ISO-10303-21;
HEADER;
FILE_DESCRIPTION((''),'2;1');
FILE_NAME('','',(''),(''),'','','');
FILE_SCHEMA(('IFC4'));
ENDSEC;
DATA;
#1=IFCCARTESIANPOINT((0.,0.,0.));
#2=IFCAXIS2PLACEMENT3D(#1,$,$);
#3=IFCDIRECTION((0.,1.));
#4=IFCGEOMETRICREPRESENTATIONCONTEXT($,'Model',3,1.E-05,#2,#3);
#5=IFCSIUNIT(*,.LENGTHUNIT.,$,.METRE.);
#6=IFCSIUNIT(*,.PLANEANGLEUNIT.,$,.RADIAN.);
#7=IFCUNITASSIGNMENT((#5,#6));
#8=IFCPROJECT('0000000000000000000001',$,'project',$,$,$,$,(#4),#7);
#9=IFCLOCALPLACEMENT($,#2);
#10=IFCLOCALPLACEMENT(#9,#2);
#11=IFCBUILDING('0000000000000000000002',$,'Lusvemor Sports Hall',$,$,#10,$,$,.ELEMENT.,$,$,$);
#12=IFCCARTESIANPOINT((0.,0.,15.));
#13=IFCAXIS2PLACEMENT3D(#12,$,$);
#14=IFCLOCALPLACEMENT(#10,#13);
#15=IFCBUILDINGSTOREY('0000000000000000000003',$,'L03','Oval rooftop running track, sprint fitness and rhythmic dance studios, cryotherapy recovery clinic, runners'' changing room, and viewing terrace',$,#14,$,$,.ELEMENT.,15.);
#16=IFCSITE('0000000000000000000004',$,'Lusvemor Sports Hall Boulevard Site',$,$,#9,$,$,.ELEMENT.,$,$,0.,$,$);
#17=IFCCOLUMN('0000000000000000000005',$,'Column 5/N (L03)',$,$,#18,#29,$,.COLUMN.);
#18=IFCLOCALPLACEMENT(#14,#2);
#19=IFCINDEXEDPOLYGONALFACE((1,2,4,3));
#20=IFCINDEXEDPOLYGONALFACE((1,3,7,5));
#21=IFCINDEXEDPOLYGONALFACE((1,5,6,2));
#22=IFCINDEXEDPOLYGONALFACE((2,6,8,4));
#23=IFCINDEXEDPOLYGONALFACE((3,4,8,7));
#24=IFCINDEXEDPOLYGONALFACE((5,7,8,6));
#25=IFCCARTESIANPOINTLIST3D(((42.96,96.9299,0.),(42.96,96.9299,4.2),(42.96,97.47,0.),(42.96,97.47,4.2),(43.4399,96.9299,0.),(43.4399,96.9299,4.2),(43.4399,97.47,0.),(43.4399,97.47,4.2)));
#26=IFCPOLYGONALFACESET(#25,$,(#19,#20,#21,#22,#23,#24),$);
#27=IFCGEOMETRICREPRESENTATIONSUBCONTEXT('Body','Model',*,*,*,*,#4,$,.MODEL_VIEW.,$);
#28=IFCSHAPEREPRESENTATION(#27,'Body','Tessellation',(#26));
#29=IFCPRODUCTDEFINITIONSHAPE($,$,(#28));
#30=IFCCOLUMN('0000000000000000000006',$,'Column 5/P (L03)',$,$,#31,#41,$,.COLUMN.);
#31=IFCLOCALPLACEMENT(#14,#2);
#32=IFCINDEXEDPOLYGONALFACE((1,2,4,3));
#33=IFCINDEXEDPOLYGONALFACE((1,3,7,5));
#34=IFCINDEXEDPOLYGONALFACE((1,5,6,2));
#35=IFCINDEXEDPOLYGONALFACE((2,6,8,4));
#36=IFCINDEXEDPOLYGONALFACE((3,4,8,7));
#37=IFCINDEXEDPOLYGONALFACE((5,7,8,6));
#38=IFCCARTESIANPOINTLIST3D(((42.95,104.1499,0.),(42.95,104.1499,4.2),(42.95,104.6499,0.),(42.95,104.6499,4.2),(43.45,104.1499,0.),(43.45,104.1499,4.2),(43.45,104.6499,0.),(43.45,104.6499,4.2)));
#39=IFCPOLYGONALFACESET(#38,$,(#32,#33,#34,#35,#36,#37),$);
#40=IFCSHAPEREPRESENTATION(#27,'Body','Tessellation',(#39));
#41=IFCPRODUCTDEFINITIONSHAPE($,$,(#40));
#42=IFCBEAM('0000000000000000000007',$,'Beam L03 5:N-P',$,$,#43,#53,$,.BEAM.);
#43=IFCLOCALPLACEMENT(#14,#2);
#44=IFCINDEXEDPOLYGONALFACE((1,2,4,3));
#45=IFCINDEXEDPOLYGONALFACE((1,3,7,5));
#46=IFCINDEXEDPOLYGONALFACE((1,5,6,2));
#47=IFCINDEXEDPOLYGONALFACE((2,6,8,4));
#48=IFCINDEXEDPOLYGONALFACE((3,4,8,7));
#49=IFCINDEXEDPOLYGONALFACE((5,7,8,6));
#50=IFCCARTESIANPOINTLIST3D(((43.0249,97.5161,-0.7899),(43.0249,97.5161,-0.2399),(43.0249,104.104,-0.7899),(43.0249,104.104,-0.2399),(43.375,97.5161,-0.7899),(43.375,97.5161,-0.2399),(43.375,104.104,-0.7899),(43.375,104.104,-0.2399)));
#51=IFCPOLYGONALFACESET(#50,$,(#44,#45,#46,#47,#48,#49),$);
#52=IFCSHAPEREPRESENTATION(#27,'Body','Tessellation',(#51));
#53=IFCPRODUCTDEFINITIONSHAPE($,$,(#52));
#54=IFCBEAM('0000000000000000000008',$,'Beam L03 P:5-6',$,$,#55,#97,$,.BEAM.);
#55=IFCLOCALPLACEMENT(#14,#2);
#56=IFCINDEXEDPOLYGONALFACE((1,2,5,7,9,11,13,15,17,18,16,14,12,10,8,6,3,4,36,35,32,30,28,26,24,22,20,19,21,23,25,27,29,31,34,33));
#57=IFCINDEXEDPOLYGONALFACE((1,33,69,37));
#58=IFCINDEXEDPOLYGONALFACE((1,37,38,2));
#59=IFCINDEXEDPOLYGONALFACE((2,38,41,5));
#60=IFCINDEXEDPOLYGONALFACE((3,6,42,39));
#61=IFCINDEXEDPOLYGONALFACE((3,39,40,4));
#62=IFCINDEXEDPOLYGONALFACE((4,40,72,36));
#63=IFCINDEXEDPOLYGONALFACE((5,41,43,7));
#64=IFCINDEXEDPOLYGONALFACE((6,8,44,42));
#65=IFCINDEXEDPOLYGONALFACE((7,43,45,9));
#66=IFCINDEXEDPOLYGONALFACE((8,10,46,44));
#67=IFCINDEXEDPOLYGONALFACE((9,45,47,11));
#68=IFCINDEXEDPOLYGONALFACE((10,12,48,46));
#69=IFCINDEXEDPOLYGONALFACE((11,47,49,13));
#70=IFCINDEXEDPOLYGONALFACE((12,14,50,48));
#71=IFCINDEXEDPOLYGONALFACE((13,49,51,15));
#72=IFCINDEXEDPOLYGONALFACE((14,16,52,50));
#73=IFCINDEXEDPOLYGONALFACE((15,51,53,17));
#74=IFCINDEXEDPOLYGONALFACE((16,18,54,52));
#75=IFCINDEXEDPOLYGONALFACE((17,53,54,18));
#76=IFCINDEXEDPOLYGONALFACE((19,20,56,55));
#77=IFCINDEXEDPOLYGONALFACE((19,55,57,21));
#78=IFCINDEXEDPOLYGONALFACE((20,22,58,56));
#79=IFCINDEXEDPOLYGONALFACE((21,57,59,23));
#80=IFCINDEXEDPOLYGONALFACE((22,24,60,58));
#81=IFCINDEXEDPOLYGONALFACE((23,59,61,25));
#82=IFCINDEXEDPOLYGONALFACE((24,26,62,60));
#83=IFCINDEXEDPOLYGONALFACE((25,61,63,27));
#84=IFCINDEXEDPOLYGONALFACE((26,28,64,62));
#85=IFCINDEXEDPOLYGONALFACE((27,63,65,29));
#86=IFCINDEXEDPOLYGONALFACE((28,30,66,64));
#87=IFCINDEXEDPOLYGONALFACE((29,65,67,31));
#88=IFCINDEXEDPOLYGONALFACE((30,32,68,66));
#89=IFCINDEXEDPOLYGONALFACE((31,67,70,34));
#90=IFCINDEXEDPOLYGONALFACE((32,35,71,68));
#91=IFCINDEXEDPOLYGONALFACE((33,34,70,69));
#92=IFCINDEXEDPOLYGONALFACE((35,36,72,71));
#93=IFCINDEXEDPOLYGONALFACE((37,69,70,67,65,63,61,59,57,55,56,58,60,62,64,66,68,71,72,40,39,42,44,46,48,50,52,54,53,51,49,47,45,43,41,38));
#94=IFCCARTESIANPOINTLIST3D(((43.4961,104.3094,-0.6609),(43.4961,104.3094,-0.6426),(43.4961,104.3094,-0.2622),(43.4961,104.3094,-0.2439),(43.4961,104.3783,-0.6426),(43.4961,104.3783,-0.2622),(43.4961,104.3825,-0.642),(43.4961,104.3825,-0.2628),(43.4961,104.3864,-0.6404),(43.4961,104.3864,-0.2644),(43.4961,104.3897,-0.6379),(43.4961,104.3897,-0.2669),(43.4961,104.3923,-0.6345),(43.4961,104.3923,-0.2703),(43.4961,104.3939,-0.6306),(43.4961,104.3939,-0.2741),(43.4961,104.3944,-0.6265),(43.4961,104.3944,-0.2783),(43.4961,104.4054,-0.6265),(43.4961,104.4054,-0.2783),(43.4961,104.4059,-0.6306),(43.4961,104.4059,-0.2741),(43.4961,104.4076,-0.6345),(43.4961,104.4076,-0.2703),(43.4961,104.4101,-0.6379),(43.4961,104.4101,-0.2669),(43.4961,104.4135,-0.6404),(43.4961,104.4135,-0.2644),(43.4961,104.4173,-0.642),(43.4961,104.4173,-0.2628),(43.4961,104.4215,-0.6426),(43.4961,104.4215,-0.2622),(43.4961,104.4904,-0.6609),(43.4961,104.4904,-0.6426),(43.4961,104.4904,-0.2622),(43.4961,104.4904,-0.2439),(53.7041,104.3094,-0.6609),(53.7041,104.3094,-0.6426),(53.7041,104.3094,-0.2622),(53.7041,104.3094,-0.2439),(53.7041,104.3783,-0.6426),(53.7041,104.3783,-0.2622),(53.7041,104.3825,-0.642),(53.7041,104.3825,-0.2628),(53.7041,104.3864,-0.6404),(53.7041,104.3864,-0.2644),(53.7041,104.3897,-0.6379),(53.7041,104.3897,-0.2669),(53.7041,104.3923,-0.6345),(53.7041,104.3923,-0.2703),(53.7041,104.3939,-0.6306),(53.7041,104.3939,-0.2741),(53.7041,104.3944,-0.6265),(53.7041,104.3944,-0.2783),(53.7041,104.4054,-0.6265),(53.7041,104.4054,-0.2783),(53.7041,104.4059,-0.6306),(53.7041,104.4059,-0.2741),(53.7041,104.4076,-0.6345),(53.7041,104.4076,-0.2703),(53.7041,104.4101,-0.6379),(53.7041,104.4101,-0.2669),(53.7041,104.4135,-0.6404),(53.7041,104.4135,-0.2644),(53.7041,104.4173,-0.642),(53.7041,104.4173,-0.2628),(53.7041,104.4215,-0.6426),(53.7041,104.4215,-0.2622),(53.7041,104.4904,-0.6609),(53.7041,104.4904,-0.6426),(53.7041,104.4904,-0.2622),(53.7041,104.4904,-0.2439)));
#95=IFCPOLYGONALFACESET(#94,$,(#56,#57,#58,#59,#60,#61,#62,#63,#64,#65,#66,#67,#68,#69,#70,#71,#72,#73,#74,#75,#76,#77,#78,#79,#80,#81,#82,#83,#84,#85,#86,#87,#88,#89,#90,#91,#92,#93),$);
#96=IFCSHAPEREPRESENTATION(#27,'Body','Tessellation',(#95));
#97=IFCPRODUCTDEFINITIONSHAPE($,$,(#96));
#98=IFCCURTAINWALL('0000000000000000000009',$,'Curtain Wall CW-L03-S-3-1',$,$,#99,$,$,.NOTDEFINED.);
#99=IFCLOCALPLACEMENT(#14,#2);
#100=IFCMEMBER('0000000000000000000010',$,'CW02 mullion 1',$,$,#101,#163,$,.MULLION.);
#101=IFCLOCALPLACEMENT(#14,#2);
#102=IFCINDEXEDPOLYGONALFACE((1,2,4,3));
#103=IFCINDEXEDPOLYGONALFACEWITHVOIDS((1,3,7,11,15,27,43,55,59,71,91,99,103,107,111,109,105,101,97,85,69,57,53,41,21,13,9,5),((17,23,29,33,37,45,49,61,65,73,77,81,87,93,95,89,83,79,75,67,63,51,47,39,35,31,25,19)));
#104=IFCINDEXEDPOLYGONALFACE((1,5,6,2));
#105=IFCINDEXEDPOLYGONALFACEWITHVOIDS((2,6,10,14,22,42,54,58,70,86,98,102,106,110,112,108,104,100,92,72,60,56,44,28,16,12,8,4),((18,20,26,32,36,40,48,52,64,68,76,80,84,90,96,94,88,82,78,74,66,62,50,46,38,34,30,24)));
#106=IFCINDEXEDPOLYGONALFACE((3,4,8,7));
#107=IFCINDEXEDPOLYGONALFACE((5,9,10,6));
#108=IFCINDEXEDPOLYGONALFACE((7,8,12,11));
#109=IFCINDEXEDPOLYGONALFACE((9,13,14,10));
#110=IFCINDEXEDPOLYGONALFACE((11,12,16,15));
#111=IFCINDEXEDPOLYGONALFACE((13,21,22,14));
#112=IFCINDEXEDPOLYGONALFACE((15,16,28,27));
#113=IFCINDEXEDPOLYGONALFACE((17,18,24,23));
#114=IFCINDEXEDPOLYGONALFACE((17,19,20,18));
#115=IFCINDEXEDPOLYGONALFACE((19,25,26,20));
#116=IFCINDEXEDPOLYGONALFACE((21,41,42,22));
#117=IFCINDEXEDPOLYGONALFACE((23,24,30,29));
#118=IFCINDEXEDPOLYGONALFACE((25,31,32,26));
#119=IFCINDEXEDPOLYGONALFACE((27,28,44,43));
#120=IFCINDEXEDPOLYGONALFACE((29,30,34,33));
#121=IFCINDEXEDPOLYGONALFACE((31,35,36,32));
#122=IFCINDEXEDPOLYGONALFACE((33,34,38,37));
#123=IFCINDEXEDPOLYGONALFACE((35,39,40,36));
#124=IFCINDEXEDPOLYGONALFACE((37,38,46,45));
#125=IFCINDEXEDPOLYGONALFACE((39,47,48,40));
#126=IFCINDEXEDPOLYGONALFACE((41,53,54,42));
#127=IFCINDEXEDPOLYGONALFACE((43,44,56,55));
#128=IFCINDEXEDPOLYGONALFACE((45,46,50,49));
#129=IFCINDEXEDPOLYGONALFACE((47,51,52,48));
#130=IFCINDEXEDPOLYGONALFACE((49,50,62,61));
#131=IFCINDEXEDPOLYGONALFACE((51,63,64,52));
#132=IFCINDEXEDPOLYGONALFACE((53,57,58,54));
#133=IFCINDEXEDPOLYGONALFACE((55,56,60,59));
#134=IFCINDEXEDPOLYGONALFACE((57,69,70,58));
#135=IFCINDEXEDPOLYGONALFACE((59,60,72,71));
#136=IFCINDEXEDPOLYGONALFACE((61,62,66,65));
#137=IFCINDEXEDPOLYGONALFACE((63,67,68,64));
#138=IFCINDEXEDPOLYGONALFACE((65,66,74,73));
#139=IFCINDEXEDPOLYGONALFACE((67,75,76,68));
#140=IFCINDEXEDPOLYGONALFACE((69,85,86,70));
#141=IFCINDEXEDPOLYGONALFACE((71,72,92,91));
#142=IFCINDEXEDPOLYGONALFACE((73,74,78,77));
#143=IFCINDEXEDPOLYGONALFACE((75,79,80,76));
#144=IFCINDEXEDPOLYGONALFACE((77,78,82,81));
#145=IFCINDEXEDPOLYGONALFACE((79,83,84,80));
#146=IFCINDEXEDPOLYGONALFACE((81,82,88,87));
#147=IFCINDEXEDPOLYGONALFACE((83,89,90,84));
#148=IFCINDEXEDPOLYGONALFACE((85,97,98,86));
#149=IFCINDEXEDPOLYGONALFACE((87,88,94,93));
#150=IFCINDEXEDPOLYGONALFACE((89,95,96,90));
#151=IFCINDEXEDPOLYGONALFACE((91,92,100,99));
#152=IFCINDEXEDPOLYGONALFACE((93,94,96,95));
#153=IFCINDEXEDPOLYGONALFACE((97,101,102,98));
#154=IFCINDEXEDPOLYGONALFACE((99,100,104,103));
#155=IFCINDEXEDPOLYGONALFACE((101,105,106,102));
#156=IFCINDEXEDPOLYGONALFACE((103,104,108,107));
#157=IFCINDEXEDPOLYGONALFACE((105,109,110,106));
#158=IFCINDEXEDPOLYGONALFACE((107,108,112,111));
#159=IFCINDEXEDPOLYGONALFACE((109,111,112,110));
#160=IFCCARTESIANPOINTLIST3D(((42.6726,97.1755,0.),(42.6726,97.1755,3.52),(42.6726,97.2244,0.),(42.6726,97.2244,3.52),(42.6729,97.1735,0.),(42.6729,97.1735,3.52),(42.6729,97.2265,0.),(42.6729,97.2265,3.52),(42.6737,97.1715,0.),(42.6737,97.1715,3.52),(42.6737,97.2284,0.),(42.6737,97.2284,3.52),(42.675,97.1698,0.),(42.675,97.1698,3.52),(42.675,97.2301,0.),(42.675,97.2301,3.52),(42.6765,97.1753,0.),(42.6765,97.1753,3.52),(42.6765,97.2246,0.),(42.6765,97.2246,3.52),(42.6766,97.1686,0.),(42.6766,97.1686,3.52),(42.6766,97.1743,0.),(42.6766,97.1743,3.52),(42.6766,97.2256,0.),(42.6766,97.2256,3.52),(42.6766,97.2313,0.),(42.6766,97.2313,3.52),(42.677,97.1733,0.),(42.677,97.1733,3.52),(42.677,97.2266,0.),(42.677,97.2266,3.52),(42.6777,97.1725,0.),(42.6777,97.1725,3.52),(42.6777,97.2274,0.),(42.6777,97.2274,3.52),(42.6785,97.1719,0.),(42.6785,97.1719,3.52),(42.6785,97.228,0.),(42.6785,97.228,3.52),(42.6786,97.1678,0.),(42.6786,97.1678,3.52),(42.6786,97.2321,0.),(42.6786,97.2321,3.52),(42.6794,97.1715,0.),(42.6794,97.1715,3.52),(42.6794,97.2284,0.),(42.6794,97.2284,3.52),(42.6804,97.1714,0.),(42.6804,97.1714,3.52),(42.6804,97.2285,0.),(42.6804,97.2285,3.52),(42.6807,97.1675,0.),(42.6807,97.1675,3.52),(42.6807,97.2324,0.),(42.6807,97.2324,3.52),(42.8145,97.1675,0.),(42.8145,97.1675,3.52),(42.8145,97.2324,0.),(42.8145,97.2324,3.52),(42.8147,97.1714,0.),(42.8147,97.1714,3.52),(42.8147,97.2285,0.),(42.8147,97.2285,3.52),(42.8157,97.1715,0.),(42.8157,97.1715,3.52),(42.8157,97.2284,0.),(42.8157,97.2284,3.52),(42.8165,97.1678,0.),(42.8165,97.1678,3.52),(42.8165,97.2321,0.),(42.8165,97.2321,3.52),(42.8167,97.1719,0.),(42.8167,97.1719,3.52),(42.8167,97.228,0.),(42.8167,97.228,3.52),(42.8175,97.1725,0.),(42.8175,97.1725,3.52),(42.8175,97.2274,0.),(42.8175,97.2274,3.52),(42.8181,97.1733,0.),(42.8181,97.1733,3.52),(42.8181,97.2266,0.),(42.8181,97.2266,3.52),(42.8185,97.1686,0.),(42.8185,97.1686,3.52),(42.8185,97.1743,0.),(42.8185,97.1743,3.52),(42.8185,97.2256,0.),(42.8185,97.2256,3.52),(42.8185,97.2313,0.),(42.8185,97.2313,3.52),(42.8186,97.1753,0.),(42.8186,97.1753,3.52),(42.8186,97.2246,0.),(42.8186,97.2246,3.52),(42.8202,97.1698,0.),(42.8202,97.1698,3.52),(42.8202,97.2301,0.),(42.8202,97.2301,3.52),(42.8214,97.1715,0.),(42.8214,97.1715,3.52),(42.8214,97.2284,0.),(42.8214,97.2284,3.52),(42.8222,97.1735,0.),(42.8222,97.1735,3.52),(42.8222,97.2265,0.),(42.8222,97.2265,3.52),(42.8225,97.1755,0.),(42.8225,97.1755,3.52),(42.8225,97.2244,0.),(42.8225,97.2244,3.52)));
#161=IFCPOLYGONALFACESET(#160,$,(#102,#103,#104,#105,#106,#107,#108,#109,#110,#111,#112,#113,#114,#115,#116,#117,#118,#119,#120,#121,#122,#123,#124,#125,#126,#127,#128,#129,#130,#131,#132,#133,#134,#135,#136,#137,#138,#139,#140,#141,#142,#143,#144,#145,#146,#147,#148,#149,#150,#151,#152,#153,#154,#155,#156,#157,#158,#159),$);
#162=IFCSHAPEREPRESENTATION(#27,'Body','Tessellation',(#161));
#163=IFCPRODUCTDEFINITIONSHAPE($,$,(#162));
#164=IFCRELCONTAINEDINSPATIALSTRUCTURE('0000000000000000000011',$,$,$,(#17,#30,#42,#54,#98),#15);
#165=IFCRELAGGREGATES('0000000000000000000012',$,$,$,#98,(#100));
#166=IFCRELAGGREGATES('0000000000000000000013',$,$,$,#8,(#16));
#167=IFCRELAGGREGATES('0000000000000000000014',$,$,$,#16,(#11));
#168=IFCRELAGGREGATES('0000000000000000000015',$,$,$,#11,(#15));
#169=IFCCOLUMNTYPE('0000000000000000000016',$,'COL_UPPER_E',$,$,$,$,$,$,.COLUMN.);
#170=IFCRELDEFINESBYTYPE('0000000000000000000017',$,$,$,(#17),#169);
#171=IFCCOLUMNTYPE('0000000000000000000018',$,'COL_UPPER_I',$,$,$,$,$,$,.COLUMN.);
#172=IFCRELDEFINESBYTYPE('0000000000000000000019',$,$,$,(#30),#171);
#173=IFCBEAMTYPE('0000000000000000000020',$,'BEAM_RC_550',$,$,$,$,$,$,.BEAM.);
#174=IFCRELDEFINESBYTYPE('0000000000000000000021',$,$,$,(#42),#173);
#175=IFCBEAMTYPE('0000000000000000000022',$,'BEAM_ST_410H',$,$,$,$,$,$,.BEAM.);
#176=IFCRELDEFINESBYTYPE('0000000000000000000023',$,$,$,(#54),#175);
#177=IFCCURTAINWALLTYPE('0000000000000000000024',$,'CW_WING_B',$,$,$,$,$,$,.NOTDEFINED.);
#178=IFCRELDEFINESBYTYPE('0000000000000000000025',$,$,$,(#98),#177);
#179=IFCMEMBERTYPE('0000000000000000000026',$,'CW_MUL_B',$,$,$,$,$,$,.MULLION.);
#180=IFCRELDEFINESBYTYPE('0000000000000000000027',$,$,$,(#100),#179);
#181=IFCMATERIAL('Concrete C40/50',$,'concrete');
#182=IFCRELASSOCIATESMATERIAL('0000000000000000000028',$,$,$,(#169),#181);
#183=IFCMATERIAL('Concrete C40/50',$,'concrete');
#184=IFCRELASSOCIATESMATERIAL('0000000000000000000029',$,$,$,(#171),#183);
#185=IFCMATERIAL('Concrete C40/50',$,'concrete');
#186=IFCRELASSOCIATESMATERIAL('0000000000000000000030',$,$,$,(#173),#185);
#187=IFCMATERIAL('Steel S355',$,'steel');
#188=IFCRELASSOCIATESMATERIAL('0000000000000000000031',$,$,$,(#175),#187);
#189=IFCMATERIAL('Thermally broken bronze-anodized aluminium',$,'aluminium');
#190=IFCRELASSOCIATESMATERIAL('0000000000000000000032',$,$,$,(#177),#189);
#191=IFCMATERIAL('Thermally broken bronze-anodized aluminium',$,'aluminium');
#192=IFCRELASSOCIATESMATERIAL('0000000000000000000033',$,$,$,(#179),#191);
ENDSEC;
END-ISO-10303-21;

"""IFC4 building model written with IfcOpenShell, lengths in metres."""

from ifc_helpers import new_model, si_unit, direction, frame, origin, origin_2d, place, context, subcontext, project, spatial, rectangle, hollow_rectangle, i_section, extrude, material, material_profile, profile_set, type_object, element, aggregate, save


model = new_model("IFC4")

# Units and contexts
model_context = context("Model", 3, precision=1e-05, world=origin(), true_north=direction((0.0, 1.0)))
body_context = subcontext(model_context, "Body", "Model", "MODEL_VIEW")
ifc_project = project(units=[si_unit("LENGTHUNIT", "METRE"), si_unit("PLANEANGLEUNIT", "RADIAN")], contexts=[model_context])

# Site, building, storey
site_placement = place(None, origin())
site = spatial("IfcSite", under=ifc_project, at=site_placement, Name="Lusvemor Sports Hall Boulevard Site", CompositionType="ELEMENT", RefElevation=0.0)
building_placement = place(site_placement, origin())
building = spatial("IfcBuilding", under=site, at=building_placement, Name="Lusvemor Sports Hall", CompositionType="ELEMENT")
storey_placement = place(building_placement, frame((0.0, 0.0, 15.0)))
storey = spatial("IfcBuildingStorey", under=building, at=storey_placement, Name="L03", Description="Oval rooftop running track, sprint fitness and rhythmic dance studios, cryotherapy recovery clinic, runners' changing room, and viewing terrace", CompositionType="ELEMENT", Elevation=15.0)

# Columns
ifc_material_1 = material(Name="Concrete C40/50", Category="concrete")
ifc_material_profile_1 = material_profile(ifc_material_1, rectangle(XDim=0.48, YDim=0.54, at=origin_2d()), Name="RC480x540")
ifc_profile_set_1 = profile_set([ifc_material_profile_1], Name="Concrete C40/50")
column_type_1 = type_object("IfcColumnType", Name="COL_UPPER_E", PredefinedType="COLUMN", material=ifc_profile_set_1)
column_1_placement = place(storey_placement, frame((43.2, 97.2, 0.0), z_axis=(0.0, 0.0, 1.0), x_axis=(1.0, 0.0, 0.0)))
element("IfcColumn", 1, at=column_1_placement, inside=storey, type_object=column_type_1, Name="Column 5/N (L03)", PredefinedType="COLUMN", context=body_context, shape_type="SweptSolid", body=[
    extrude(rectangle(XDim=0.48, YDim=0.54, at=origin_2d()), origin(), (0.0, 0.0, 1.0), 4.2),
])
ifc_material_2 = material(Name="Concrete C40/50", Category="concrete")
ifc_material_profile_2 = material_profile(ifc_material_2, rectangle(XDim=0.5, YDim=0.5, at=origin_2d()), Name="RC500x500")
ifc_profile_set_2 = profile_set([ifc_material_profile_2], Name="Concrete C40/50")
column_type_2 = type_object("IfcColumnType", Name="COL_UPPER_I", PredefinedType="COLUMN", material=ifc_profile_set_2)
column_2_placement = place(storey_placement, frame((43.2, 104.3999, 0.0), z_axis=(0.0, 0.0, 1.0), x_axis=(1.0, 0.0, 0.0)))
element("IfcColumn", 2, at=column_2_placement, inside=storey, type_object=column_type_2, Name="Column 5/P (L03)", PredefinedType="COLUMN", context=body_context, shape_type="SweptSolid", body=[
    extrude(rectangle(XDim=0.5, YDim=0.5, at=origin_2d()), origin(), (0.0, 0.0, 1.0), 4.2),
])

# Beams
ifc_material_3 = material(Name="Concrete C40/50", Category="concrete")
ifc_material_profile_3 = material_profile(ifc_material_3, rectangle(XDim=0.3501, YDim=0.55, at=origin_2d()), Name="RC350x550")
ifc_profile_set_3 = profile_set([ifc_material_profile_3], Name="Concrete C40/50")
beam_type_1 = type_object("IfcBeamType", Name="BEAM_RC_550", PredefinedType="BEAM", material=ifc_profile_set_3)
beam_1_placement = place(storey_placement, frame((43.2, 97.5161, -0.5149), z_axis=(0.0, 1.0, 0.0), x_axis=(-1.0, 0.0, 0.0)))
element("IfcBeam", 3, at=beam_1_placement, inside=storey, type_object=beam_type_1, Name="Beam L03 5:N-P", PredefinedType="BEAM", context=body_context, shape_type="SweptSolid", body=[
    extrude(rectangle(XDim=0.3501, YDim=0.55, at=origin_2d()), origin(), (0.0, 0.0, 1.0), 6.5879),
])
ifc_material_4 = material(Name="Steel S355", Category="steel")
ifc_material_profile_4 = material_profile(ifc_material_4, i_section(OverallWidth=0.1809, OverallDepth=0.417, WebThickness=0.011, FlangeThickness=0.0183, FilletRadius=0.0161, at=origin_2d()), Name="W410x85.0")
ifc_profile_set_4 = profile_set([ifc_material_profile_4], Name="Steel S355")
beam_type_2 = type_object("IfcBeamType", Name="BEAM_ST_410H", PredefinedType="BEAM", material=ifc_profile_set_4)
beam_2_placement = place(storey_placement, frame((43.4961, 104.3999, -0.4524), z_axis=(1.0, 0.0, 0.0), x_axis=(0.0, 1.0, 0.0)))
element("IfcBeam", 4, at=beam_2_placement, inside=storey, type_object=beam_type_2, Name="Beam L03 P:5-6", PredefinedType="BEAM", context=body_context, shape_type="SweptSolid", body=[
    extrude(i_section(OverallWidth=0.1809, OverallDepth=0.417, WebThickness=0.011, FlangeThickness=0.0183, FilletRadius=0.0161, at=origin_2d()), origin(), (0.0, 0.0, 1.0), 10.208),
])

# Curtain wall, member
ifc_material_5 = material(Name="Thermally broken bronze-anodized aluminium", Category="aluminium")
curtain_wall_type = type_object("IfcCurtainWallType", Name="CW_WING_B", PredefinedType="NOTDEFINED", material=ifc_material_5)
curtain_wall_1_placement = place(storey_placement, origin())
curtain_wall_1 = element("IfcCurtainWall", 5, at=curtain_wall_1_placement, inside=storey, type_object=curtain_wall_type, Name="Curtain Wall CW-L03-S-3-1", PredefinedType="NOTDEFINED")
ifc_material_6 = material(Name="Thermally broken bronze-anodized aluminium", Category="aluminium")
ifc_material_profile_5 = material_profile(ifc_material_6, hollow_rectangle(XDim=0.0649, YDim=0.1499, WallThickness=0.0039, InnerFilletRadius=0.0039, OuterFilletRadius=0.0081, at=origin_2d()), Name="CWMUL150x65x4")
ifc_profile_set_5 = profile_set([ifc_material_profile_5], Name="Thermally broken bronze-anodized aluminium")
member_type_1 = type_object("IfcMemberType", Name="CW_MUL_B", PredefinedType="MULLION", material=ifc_profile_set_5)
member_1_placement = place(storey_placement, frame((42.7476, 97.2, 0.0), z_axis=(0.0, 0.0, 1.0), x_axis=(0.0, -1.0, 0.0)))
member_1 = element("IfcMember", 6, at=member_1_placement, type_object=member_type_1, Name="CW02 mullion 1", PredefinedType="MULLION", context=body_context, shape_type="SweptSolid", body=[
    extrude(hollow_rectangle(XDim=0.0649, YDim=0.1499, WallThickness=0.0039, InnerFilletRadius=0.0039, OuterFilletRadius=0.0081, at=origin_2d()), origin(), (0.0, 0.0, 1.0), 3.52),
])

aggregate(curtain_wall_1, [member_1])

save(model, "model.ifc")
